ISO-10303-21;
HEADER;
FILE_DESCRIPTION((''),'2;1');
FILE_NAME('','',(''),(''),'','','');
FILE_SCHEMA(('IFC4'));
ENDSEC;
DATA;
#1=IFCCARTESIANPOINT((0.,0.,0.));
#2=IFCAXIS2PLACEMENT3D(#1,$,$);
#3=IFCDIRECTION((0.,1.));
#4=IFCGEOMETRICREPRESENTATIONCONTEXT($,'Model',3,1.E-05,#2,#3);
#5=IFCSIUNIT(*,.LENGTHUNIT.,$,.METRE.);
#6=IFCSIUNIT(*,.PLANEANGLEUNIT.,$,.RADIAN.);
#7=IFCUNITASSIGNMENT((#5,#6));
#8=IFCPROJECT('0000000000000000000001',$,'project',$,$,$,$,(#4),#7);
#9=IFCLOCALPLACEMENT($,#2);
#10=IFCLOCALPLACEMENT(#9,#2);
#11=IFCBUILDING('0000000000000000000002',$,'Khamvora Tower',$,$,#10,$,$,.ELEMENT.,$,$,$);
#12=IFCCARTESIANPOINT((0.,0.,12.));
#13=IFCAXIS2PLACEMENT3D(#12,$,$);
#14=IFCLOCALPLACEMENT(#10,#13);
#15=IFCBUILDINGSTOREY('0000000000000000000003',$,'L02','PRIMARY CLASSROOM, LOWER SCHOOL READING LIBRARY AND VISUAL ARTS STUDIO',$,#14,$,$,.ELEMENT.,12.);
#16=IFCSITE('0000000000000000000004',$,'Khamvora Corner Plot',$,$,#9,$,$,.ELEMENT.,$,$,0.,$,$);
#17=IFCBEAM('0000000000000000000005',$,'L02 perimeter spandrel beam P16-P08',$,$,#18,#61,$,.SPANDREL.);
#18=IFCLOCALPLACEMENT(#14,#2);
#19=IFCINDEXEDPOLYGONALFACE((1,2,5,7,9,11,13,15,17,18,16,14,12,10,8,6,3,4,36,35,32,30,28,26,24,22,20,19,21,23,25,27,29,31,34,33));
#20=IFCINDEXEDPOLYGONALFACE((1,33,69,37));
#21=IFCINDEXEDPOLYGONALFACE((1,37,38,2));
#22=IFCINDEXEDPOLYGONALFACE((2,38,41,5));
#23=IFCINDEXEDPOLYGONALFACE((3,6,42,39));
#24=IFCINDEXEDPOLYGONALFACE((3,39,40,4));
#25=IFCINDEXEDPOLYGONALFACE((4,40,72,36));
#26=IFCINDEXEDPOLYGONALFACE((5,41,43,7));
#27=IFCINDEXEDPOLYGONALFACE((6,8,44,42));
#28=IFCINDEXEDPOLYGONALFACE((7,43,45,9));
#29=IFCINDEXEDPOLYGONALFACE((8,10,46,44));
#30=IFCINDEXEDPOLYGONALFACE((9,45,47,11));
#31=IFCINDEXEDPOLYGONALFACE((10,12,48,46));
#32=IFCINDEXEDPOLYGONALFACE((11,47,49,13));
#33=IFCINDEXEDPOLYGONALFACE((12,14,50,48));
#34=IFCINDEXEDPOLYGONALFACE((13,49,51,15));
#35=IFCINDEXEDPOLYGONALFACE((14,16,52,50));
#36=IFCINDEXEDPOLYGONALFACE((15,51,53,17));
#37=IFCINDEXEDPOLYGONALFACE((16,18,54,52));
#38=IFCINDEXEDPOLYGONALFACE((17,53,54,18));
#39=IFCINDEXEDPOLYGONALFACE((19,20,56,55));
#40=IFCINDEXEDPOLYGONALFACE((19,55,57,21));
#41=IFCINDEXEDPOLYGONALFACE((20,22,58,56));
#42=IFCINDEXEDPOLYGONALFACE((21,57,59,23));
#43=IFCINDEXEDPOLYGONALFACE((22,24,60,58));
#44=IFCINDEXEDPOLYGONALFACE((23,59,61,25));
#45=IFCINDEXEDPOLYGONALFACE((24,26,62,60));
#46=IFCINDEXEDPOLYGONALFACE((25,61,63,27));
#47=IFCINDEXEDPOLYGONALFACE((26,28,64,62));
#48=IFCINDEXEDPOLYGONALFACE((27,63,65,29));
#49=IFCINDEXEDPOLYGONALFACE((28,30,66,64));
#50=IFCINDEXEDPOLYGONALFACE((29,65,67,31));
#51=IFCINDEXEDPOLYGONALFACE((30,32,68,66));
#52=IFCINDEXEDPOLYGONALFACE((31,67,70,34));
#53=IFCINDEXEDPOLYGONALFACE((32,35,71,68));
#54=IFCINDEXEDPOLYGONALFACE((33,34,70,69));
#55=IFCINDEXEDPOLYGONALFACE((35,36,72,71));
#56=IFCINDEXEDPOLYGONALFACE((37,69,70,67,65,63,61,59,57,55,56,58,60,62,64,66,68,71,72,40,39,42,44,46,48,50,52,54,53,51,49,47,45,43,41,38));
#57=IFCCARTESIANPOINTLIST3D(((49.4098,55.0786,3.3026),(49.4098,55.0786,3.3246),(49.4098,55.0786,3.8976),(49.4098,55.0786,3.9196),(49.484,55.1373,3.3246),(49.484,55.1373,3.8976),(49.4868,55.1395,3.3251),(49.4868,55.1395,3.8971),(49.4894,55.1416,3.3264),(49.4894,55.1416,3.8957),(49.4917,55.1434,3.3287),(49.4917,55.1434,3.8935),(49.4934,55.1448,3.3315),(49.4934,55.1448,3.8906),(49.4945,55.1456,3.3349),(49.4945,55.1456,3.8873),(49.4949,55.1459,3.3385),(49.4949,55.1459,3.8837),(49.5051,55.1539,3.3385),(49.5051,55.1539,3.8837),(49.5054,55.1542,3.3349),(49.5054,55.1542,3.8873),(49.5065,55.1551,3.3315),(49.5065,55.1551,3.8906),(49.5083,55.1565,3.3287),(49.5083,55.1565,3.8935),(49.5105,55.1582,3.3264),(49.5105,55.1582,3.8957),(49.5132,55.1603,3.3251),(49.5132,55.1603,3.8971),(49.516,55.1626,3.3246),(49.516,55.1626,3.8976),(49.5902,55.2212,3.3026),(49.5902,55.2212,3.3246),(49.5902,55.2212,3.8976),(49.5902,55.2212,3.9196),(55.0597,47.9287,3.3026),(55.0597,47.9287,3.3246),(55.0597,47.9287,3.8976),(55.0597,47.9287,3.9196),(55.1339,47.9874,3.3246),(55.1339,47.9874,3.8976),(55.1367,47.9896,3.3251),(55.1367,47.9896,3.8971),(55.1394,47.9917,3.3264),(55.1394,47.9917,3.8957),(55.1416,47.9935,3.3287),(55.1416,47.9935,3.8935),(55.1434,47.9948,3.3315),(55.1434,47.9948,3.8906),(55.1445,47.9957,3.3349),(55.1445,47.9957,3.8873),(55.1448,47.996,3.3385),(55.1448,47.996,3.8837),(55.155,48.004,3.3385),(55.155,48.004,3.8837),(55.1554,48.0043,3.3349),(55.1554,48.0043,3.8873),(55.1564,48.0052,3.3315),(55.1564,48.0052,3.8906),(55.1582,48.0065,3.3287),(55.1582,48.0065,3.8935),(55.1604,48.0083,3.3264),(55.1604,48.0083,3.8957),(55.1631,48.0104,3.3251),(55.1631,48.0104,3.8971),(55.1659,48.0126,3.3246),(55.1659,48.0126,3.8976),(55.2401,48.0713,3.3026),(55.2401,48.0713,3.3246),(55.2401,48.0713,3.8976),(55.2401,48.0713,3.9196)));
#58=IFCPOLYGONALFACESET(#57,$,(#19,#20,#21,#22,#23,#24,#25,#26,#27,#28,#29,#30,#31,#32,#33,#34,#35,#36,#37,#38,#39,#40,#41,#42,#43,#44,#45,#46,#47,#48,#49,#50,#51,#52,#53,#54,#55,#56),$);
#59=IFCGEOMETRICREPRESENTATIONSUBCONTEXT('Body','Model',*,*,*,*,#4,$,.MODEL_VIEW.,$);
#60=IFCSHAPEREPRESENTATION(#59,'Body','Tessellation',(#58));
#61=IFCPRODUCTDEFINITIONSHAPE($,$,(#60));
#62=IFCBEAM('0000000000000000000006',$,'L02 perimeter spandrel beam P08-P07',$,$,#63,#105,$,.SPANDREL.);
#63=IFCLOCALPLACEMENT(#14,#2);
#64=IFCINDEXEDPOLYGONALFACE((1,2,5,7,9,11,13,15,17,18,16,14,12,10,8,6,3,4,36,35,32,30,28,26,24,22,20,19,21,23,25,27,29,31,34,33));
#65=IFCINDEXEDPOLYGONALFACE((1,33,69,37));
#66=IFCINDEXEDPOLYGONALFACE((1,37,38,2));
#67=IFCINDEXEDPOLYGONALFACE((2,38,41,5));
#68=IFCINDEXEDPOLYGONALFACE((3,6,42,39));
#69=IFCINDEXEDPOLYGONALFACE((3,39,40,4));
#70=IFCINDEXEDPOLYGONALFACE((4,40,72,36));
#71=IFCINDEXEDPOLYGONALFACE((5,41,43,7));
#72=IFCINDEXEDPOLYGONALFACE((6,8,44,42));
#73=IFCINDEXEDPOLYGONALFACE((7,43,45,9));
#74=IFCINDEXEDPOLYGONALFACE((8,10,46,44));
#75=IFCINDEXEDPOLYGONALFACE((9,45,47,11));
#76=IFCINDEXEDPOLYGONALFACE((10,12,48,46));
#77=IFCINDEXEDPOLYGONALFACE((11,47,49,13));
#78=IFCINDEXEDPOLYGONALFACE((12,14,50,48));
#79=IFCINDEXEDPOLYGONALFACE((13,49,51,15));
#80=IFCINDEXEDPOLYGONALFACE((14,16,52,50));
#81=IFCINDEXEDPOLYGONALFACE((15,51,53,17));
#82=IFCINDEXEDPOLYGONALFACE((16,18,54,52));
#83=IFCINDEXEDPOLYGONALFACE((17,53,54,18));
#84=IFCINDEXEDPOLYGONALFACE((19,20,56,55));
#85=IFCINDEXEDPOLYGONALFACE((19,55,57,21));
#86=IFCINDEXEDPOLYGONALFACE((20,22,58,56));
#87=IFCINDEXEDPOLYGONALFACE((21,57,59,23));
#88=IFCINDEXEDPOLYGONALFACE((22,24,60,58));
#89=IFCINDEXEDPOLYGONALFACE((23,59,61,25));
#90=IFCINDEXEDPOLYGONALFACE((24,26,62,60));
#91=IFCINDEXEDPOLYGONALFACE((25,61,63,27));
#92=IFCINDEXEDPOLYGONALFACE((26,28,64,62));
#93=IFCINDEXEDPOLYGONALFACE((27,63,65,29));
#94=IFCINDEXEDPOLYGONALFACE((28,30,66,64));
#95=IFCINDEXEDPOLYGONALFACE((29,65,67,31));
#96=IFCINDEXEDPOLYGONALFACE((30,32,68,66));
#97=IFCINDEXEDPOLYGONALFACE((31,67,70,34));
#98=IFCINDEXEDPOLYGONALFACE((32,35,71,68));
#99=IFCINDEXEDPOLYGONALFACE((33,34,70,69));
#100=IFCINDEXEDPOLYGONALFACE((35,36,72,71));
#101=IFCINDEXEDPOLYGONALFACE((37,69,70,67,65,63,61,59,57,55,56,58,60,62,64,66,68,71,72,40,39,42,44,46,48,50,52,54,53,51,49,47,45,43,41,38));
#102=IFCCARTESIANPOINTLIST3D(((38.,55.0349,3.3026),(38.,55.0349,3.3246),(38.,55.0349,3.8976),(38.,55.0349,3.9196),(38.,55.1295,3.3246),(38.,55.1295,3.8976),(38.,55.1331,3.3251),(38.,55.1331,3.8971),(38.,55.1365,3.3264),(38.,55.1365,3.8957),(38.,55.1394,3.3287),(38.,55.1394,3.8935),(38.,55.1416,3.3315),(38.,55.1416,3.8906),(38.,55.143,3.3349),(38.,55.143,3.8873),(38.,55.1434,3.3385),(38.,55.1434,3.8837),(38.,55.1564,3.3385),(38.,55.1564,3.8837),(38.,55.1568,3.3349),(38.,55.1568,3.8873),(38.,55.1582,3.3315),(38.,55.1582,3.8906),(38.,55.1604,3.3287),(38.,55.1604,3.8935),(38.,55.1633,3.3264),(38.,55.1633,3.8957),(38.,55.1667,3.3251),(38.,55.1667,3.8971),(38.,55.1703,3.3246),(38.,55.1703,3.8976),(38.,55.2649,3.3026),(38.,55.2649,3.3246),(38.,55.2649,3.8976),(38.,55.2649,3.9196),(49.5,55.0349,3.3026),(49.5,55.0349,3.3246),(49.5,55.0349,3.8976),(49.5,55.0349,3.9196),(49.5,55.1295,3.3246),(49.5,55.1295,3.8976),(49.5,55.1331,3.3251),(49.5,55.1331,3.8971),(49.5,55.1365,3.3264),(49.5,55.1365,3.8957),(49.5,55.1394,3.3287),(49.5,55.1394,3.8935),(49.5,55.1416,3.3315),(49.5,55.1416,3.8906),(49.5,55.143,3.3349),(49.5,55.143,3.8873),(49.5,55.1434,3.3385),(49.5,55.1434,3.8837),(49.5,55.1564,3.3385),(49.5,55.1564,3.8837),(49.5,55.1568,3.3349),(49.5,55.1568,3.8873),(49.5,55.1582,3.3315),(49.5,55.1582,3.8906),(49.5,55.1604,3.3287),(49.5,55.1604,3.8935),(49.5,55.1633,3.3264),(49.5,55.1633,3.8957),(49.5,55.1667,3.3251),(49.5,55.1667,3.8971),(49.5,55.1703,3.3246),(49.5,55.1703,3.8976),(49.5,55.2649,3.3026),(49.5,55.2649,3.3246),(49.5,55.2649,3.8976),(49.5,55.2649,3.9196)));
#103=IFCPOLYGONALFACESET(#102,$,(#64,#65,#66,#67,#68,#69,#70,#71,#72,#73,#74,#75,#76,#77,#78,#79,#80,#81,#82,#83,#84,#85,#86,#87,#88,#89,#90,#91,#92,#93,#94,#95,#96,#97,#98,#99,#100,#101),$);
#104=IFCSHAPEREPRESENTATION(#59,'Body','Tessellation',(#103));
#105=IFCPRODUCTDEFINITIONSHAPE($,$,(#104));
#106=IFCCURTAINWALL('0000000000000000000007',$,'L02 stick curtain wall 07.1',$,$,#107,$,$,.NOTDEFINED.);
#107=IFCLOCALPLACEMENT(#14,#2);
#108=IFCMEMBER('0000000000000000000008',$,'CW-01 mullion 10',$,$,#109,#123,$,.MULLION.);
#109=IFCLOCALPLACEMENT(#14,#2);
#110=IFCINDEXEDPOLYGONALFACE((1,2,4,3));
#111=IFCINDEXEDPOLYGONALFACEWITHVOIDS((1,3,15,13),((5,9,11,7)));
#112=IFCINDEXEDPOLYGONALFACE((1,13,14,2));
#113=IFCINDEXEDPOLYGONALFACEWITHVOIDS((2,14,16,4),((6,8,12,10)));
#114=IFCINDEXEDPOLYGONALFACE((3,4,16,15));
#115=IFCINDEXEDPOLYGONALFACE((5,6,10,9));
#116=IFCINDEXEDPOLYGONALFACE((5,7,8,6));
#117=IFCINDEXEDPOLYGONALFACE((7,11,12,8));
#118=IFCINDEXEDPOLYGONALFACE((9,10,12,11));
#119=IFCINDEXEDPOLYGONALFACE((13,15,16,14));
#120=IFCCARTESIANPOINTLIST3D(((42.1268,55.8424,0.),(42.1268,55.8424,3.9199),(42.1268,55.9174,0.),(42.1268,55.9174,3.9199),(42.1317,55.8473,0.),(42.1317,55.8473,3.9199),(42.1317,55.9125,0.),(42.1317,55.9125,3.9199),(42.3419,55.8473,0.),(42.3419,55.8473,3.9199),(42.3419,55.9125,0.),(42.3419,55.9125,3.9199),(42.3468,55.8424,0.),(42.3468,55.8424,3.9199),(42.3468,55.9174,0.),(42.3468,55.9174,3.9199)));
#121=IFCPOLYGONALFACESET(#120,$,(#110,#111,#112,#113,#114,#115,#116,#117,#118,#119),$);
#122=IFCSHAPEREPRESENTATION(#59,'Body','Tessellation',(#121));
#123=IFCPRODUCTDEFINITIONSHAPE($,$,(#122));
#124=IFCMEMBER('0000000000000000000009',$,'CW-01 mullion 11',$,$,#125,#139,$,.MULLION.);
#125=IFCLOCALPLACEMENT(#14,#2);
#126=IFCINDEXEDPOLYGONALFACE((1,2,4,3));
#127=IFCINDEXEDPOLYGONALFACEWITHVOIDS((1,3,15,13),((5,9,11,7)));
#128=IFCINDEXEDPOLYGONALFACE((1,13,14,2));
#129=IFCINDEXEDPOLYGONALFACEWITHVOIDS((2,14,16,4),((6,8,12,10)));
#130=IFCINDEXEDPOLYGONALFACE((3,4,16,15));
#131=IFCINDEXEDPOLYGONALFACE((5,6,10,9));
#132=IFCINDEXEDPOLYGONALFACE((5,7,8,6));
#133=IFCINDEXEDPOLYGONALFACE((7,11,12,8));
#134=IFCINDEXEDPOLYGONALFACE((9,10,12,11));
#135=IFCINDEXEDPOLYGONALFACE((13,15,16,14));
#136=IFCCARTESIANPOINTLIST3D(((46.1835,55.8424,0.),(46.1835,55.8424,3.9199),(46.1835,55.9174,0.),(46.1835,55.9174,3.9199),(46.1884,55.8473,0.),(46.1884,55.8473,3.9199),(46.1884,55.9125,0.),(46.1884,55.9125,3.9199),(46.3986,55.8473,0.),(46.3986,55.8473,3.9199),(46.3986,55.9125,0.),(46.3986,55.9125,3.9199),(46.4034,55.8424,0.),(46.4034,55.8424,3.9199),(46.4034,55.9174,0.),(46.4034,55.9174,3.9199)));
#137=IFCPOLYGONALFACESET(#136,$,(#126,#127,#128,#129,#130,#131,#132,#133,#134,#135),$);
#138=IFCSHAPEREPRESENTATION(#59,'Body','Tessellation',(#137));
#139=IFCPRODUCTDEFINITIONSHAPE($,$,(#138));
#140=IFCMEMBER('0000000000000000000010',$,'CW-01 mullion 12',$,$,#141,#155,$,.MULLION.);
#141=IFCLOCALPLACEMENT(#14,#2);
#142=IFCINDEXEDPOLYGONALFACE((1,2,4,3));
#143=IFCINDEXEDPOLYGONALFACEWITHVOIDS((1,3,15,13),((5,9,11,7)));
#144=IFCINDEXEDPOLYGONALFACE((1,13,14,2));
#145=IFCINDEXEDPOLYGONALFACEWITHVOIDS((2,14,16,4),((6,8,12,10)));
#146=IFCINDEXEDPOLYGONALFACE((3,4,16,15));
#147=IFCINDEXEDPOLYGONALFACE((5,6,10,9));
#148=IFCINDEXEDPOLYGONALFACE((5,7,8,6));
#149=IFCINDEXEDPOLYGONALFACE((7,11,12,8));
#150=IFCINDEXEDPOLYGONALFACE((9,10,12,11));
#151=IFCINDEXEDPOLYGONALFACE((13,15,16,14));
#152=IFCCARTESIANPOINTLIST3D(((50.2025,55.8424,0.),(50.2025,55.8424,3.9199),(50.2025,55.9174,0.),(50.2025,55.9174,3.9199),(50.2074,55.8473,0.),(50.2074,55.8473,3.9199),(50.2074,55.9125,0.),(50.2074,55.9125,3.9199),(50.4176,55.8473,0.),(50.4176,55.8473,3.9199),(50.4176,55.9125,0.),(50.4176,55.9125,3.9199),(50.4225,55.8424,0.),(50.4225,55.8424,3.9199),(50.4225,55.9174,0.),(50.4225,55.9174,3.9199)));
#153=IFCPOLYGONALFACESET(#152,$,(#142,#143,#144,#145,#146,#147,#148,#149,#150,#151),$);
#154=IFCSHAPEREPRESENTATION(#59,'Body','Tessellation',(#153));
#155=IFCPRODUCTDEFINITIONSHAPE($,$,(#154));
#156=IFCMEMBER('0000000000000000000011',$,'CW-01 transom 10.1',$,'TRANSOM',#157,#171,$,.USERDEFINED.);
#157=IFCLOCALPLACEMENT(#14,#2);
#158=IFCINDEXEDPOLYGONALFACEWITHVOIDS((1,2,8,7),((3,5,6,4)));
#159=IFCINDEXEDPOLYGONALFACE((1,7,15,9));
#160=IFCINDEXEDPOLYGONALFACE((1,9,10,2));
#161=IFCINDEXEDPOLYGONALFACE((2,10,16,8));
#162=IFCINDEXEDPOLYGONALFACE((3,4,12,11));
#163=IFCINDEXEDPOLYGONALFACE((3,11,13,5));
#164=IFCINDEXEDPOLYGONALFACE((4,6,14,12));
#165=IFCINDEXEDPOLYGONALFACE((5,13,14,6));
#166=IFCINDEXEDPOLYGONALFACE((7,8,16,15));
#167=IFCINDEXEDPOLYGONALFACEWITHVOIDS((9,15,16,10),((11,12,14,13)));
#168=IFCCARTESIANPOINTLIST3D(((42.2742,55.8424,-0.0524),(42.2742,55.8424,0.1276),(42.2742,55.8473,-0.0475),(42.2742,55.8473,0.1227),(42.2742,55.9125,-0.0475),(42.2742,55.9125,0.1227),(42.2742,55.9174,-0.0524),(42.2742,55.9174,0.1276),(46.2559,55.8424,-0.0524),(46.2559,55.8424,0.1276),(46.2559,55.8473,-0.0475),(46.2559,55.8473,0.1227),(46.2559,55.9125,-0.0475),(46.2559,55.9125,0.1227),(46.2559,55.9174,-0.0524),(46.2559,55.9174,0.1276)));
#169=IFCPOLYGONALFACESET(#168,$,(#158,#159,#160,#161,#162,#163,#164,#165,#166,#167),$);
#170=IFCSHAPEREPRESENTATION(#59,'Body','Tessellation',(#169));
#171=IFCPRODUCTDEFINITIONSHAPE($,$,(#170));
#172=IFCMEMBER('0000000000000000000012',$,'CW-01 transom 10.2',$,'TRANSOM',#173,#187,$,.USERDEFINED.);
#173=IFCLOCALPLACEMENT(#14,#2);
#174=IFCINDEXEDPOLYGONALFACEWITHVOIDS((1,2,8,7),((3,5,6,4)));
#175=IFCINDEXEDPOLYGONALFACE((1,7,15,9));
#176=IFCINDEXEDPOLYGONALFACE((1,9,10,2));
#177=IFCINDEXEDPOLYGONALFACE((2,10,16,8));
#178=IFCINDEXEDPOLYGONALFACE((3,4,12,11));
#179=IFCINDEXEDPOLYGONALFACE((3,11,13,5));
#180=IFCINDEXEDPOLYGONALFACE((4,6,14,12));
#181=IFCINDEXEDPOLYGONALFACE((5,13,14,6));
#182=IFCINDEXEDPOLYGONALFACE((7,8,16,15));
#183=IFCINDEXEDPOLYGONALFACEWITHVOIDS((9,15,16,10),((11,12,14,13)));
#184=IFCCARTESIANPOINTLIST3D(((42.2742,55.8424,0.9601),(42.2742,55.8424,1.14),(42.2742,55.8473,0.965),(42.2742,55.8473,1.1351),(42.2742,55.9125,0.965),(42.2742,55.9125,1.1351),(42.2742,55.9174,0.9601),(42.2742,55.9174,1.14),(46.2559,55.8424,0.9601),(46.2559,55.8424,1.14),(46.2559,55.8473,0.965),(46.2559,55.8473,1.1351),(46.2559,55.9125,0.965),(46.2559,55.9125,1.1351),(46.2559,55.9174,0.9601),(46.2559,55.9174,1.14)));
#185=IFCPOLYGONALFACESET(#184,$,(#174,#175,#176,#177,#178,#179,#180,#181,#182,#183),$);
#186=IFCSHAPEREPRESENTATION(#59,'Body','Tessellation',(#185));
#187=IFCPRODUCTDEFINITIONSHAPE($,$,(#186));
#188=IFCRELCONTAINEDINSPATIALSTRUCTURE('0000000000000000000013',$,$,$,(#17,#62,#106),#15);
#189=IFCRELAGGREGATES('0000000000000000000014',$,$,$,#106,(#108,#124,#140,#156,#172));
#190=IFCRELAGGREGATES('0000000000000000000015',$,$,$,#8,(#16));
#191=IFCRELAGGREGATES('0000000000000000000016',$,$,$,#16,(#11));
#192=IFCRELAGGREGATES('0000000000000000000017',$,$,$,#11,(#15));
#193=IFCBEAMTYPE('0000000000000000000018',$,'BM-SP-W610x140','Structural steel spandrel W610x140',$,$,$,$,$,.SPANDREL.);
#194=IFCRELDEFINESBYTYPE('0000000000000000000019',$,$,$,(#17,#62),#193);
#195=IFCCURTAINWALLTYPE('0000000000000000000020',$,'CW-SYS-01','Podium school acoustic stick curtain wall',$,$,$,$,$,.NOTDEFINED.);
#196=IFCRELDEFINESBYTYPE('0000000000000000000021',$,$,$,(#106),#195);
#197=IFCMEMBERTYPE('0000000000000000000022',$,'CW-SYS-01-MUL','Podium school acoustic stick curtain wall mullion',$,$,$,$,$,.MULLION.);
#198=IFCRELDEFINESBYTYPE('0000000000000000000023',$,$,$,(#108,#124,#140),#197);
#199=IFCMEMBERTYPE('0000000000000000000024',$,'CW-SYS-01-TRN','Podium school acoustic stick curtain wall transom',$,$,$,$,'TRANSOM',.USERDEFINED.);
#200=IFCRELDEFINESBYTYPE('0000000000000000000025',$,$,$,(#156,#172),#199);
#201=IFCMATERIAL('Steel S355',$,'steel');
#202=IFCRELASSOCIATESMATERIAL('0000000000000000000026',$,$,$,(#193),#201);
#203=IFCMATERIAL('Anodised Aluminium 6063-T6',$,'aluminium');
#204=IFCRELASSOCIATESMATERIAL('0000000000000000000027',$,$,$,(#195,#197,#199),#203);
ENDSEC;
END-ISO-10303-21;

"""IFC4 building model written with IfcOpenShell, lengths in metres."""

from ifc_helpers import new_model, si_unit, direction, frame, origin, origin_2d, place, context, subcontext, project, spatial, hollow_rectangle, i_section, extrude, material, material_profile, profile_set, type_object, element, aggregate, save


model = new_model("IFC4")

# Units and contexts
model_context = context("Model", 3, precision=1e-05, world=origin(), true_north=direction((0.0, 1.0)))
body_context = subcontext(model_context, "Body", "Model", "MODEL_VIEW")
ifc_project = project(units=[si_unit("LENGTHUNIT", "METRE"), si_unit("PLANEANGLEUNIT", "RADIAN")], contexts=[model_context])

# Site, building, storey
site_placement = place(None, origin())
site = spatial("IfcSite", under=ifc_project, at=site_placement, Name="Khamvora Corner Plot", CompositionType="ELEMENT", RefElevation=0.0)
building_placement = place(site_placement, origin())
building = spatial("IfcBuilding", under=site, at=building_placement, Name="Khamvora Tower", CompositionType="ELEMENT")
storey_placement = place(building_placement, frame((0.0, 0.0, 12.0)))
storey = spatial("IfcBuildingStorey", under=building, at=storey_placement, Name="L02", Description="PRIMARY CLASSROOM, LOWER SCHOOL READING LIBRARY AND VISUAL ARTS STUDIO", CompositionType="ELEMENT", Elevation=12.0)

# Beams
ifc_material_1 = material(Name="Steel S355", Category="steel")
ifc_material_profile_1 = material_profile(ifc_material_1, i_section(OverallWidth=0.23, OverallDepth=0.6169, WebThickness=0.0129, FlangeThickness=0.022, FilletRadius=0.0139, at=origin_2d()), Name="W610x140")
ifc_profile_set_1 = profile_set([ifc_material_profile_1], Name="Steel S355")
beam_type_1 = type_object("IfcBeamType", Name="BM-SP-W610x140", Description="Structural steel spandrel W610x140", PredefinedType="SPANDREL", material=ifc_profile_set_1)
beam_1_placement = place(storey_placement, frame((55.1499, 48.0, 3.6111), z_axis=(-0.619999, 0.784603, 0.0), x_axis=(-0.784603, -0.619999, 0.0)))
element("IfcBeam", 1, at=beam_1_placement, inside=storey, type_object=beam_type_1, Name="L02 perimeter spandrel beam P16-P08", PredefinedType="SPANDREL", context=body_context, shape_type="SweptSolid", body=[
    extrude(i_section(OverallWidth=0.23, OverallDepth=0.6169, WebThickness=0.0129, FlangeThickness=0.022, FilletRadius=0.0139, at=origin_2d()), origin(), (0.0, 0.0, 1.0), 9.1128),
])
beam_2_placement = place(storey_placement, frame((49.5, 55.1499, 3.6111), z_axis=(-1.0, 0.0, 0.0), x_axis=(0.0, -1.0, 0.0)))
element("IfcBeam", 2, at=beam_2_placement, inside=storey, type_object=beam_type_1, Name="L02 perimeter spandrel beam P08-P07", PredefinedType="SPANDREL", context=body_context, shape_type="SweptSolid", body=[
    extrude(i_section(OverallWidth=0.23, OverallDepth=0.6169, WebThickness=0.0129, FlangeThickness=0.022, FilletRadius=0.0139, at=origin_2d()), origin(), (0.0, 0.0, 1.0), 11.5),
])

# Curtain wall, members
ifc_material_2 = material(Name="Anodised Aluminium 6063-T6", Category="aluminium")
curtain_wall_type = type_object("IfcCurtainWallType", Name="CW-SYS-01", Description="Podium school acoustic stick curtain wall", PredefinedType="NOTDEFINED", material=ifc_material_2)
curtain_wall_placement = place(storey_placement, origin())
curtain_wall = element("IfcCurtainWall", 3, at=curtain_wall_placement, inside=storey, type_object=curtain_wall_type, Name="L02 stick curtain wall 07.1", PredefinedType="NOTDEFINED")
ifc_material_profile_2 = material_profile(ifc_material_2, hollow_rectangle(XDim=0.075, YDim=0.22, WallThickness=0.0049, at=origin_2d()), Name="MUL75x220x5")
ifc_profile_set_2 = profile_set([ifc_material_profile_2], Name="Anodised Aluminium 6063-T6")
member_type_1 = type_object("IfcMemberType", Name="CW-SYS-01-MUL", Description="Podium school acoustic stick curtain wall mullion", PredefinedType="MULLION", material=ifc_profile_set_2)
member_1_placement = place(storey_placement, frame((42.2368, 55.8799, 0.0), z_axis=(0.0, 0.0, 1.0), x_axis=(0.0, 1.0, 0.0)))
member_1 = element("IfcMember", 4, at=member_1_placement, type_object=member_type_1, Name="CW-01 mullion 10", PredefinedType="MULLION", context=body_context, shape_type="SweptSolid", body=[
    extrude(hollow_rectangle(XDim=0.075, YDim=0.22, WallThickness=0.0049, at=origin_2d()), origin(), (0.0, 0.0, 1.0), 3.9199),
])
member_2_placement = place(storey_placement, frame((46.2935, 55.8799, 0.0), z_axis=(0.0, 0.0, 1.0), x_axis=(0.0, 1.0, 0.0)))
member_2 = element("IfcMember", 5, at=member_2_placement, type_object=member_type_1, Name="CW-01 mullion 11", PredefinedType="MULLION", context=body_context, shape_type="SweptSolid", body=[
    extrude(hollow_rectangle(XDim=0.075, YDim=0.22, WallThickness=0.0049, at=origin_2d()), origin(), (0.0, 0.0, 1.0), 3.9199),
])
member_3_placement = place(storey_placement, frame((50.3125, 55.8799, 0.0), z_axis=(0.0, 0.0, 1.0), x_axis=(0.0, 1.0, 0.0)))
member_3 = element("IfcMember", 6, at=member_3_placement, type_object=member_type_1, Name="CW-01 mullion 12", PredefinedType="MULLION", context=body_context, shape_type="SweptSolid", body=[
    extrude(hollow_rectangle(XDim=0.075, YDim=0.22, WallThickness=0.0049, at=origin_2d()), origin(), (0.0, 0.0, 1.0), 3.9199),
])
ifc_material_profile_3 = material_profile(ifc_material_2, hollow_rectangle(XDim=0.075, YDim=0.1799, WallThickness=0.0049, at=origin_2d()), Name="TRN75x180x5")
ifc_profile_set_3 = profile_set([ifc_material_profile_3], Name="Anodised Aluminium 6063-T6")
member_type_2 = type_object("IfcMemberType", Name="CW-SYS-01-TRN", Description="Podium school acoustic stick curtain wall transom", ElementType="TRANSOM", PredefinedType="USERDEFINED", material=ifc_profile_set_3)
member_4_placement = place(storey_placement, frame((42.2742, 55.8799, 0.0376), z_axis=(1.0, 0.0, 0.0), x_axis=(0.0, 1.0, 0.0)))
member_4 = element("IfcMember", 7, at=member_4_placement, type_object=member_type_2, Name="CW-01 transom 10.1", ObjectType="TRANSOM", PredefinedType="USERDEFINED", context=body_context, shape_type="SweptSolid", body=[
    extrude(hollow_rectangle(XDim=0.075, YDim=0.1799, WallThickness=0.0049, at=origin_2d()), origin(), (0.0, 0.0, 1.0), 3.9817),
])
member_5_placement = place(storey_placement, frame((42.2742, 55.8799, 1.05), z_axis=(1.0, 0.0, 0.0), x_axis=(0.0, 1.0, 0.0)))
member_5 = element("IfcMember", 8, at=member_5_placement, type_object=member_type_2, Name="CW-01 transom 10.2", ObjectType="TRANSOM", PredefinedType="USERDEFINED", context=body_context, shape_type="SweptSolid", body=[
    extrude(hollow_rectangle(XDim=0.075, YDim=0.1799, WallThickness=0.0049, at=origin_2d()), origin(), (0.0, 0.0, 1.0), 3.9817),
])

aggregate(curtain_wall, [member_1, member_2, member_3, member_4, member_5])

save(model, "model.ifc")
